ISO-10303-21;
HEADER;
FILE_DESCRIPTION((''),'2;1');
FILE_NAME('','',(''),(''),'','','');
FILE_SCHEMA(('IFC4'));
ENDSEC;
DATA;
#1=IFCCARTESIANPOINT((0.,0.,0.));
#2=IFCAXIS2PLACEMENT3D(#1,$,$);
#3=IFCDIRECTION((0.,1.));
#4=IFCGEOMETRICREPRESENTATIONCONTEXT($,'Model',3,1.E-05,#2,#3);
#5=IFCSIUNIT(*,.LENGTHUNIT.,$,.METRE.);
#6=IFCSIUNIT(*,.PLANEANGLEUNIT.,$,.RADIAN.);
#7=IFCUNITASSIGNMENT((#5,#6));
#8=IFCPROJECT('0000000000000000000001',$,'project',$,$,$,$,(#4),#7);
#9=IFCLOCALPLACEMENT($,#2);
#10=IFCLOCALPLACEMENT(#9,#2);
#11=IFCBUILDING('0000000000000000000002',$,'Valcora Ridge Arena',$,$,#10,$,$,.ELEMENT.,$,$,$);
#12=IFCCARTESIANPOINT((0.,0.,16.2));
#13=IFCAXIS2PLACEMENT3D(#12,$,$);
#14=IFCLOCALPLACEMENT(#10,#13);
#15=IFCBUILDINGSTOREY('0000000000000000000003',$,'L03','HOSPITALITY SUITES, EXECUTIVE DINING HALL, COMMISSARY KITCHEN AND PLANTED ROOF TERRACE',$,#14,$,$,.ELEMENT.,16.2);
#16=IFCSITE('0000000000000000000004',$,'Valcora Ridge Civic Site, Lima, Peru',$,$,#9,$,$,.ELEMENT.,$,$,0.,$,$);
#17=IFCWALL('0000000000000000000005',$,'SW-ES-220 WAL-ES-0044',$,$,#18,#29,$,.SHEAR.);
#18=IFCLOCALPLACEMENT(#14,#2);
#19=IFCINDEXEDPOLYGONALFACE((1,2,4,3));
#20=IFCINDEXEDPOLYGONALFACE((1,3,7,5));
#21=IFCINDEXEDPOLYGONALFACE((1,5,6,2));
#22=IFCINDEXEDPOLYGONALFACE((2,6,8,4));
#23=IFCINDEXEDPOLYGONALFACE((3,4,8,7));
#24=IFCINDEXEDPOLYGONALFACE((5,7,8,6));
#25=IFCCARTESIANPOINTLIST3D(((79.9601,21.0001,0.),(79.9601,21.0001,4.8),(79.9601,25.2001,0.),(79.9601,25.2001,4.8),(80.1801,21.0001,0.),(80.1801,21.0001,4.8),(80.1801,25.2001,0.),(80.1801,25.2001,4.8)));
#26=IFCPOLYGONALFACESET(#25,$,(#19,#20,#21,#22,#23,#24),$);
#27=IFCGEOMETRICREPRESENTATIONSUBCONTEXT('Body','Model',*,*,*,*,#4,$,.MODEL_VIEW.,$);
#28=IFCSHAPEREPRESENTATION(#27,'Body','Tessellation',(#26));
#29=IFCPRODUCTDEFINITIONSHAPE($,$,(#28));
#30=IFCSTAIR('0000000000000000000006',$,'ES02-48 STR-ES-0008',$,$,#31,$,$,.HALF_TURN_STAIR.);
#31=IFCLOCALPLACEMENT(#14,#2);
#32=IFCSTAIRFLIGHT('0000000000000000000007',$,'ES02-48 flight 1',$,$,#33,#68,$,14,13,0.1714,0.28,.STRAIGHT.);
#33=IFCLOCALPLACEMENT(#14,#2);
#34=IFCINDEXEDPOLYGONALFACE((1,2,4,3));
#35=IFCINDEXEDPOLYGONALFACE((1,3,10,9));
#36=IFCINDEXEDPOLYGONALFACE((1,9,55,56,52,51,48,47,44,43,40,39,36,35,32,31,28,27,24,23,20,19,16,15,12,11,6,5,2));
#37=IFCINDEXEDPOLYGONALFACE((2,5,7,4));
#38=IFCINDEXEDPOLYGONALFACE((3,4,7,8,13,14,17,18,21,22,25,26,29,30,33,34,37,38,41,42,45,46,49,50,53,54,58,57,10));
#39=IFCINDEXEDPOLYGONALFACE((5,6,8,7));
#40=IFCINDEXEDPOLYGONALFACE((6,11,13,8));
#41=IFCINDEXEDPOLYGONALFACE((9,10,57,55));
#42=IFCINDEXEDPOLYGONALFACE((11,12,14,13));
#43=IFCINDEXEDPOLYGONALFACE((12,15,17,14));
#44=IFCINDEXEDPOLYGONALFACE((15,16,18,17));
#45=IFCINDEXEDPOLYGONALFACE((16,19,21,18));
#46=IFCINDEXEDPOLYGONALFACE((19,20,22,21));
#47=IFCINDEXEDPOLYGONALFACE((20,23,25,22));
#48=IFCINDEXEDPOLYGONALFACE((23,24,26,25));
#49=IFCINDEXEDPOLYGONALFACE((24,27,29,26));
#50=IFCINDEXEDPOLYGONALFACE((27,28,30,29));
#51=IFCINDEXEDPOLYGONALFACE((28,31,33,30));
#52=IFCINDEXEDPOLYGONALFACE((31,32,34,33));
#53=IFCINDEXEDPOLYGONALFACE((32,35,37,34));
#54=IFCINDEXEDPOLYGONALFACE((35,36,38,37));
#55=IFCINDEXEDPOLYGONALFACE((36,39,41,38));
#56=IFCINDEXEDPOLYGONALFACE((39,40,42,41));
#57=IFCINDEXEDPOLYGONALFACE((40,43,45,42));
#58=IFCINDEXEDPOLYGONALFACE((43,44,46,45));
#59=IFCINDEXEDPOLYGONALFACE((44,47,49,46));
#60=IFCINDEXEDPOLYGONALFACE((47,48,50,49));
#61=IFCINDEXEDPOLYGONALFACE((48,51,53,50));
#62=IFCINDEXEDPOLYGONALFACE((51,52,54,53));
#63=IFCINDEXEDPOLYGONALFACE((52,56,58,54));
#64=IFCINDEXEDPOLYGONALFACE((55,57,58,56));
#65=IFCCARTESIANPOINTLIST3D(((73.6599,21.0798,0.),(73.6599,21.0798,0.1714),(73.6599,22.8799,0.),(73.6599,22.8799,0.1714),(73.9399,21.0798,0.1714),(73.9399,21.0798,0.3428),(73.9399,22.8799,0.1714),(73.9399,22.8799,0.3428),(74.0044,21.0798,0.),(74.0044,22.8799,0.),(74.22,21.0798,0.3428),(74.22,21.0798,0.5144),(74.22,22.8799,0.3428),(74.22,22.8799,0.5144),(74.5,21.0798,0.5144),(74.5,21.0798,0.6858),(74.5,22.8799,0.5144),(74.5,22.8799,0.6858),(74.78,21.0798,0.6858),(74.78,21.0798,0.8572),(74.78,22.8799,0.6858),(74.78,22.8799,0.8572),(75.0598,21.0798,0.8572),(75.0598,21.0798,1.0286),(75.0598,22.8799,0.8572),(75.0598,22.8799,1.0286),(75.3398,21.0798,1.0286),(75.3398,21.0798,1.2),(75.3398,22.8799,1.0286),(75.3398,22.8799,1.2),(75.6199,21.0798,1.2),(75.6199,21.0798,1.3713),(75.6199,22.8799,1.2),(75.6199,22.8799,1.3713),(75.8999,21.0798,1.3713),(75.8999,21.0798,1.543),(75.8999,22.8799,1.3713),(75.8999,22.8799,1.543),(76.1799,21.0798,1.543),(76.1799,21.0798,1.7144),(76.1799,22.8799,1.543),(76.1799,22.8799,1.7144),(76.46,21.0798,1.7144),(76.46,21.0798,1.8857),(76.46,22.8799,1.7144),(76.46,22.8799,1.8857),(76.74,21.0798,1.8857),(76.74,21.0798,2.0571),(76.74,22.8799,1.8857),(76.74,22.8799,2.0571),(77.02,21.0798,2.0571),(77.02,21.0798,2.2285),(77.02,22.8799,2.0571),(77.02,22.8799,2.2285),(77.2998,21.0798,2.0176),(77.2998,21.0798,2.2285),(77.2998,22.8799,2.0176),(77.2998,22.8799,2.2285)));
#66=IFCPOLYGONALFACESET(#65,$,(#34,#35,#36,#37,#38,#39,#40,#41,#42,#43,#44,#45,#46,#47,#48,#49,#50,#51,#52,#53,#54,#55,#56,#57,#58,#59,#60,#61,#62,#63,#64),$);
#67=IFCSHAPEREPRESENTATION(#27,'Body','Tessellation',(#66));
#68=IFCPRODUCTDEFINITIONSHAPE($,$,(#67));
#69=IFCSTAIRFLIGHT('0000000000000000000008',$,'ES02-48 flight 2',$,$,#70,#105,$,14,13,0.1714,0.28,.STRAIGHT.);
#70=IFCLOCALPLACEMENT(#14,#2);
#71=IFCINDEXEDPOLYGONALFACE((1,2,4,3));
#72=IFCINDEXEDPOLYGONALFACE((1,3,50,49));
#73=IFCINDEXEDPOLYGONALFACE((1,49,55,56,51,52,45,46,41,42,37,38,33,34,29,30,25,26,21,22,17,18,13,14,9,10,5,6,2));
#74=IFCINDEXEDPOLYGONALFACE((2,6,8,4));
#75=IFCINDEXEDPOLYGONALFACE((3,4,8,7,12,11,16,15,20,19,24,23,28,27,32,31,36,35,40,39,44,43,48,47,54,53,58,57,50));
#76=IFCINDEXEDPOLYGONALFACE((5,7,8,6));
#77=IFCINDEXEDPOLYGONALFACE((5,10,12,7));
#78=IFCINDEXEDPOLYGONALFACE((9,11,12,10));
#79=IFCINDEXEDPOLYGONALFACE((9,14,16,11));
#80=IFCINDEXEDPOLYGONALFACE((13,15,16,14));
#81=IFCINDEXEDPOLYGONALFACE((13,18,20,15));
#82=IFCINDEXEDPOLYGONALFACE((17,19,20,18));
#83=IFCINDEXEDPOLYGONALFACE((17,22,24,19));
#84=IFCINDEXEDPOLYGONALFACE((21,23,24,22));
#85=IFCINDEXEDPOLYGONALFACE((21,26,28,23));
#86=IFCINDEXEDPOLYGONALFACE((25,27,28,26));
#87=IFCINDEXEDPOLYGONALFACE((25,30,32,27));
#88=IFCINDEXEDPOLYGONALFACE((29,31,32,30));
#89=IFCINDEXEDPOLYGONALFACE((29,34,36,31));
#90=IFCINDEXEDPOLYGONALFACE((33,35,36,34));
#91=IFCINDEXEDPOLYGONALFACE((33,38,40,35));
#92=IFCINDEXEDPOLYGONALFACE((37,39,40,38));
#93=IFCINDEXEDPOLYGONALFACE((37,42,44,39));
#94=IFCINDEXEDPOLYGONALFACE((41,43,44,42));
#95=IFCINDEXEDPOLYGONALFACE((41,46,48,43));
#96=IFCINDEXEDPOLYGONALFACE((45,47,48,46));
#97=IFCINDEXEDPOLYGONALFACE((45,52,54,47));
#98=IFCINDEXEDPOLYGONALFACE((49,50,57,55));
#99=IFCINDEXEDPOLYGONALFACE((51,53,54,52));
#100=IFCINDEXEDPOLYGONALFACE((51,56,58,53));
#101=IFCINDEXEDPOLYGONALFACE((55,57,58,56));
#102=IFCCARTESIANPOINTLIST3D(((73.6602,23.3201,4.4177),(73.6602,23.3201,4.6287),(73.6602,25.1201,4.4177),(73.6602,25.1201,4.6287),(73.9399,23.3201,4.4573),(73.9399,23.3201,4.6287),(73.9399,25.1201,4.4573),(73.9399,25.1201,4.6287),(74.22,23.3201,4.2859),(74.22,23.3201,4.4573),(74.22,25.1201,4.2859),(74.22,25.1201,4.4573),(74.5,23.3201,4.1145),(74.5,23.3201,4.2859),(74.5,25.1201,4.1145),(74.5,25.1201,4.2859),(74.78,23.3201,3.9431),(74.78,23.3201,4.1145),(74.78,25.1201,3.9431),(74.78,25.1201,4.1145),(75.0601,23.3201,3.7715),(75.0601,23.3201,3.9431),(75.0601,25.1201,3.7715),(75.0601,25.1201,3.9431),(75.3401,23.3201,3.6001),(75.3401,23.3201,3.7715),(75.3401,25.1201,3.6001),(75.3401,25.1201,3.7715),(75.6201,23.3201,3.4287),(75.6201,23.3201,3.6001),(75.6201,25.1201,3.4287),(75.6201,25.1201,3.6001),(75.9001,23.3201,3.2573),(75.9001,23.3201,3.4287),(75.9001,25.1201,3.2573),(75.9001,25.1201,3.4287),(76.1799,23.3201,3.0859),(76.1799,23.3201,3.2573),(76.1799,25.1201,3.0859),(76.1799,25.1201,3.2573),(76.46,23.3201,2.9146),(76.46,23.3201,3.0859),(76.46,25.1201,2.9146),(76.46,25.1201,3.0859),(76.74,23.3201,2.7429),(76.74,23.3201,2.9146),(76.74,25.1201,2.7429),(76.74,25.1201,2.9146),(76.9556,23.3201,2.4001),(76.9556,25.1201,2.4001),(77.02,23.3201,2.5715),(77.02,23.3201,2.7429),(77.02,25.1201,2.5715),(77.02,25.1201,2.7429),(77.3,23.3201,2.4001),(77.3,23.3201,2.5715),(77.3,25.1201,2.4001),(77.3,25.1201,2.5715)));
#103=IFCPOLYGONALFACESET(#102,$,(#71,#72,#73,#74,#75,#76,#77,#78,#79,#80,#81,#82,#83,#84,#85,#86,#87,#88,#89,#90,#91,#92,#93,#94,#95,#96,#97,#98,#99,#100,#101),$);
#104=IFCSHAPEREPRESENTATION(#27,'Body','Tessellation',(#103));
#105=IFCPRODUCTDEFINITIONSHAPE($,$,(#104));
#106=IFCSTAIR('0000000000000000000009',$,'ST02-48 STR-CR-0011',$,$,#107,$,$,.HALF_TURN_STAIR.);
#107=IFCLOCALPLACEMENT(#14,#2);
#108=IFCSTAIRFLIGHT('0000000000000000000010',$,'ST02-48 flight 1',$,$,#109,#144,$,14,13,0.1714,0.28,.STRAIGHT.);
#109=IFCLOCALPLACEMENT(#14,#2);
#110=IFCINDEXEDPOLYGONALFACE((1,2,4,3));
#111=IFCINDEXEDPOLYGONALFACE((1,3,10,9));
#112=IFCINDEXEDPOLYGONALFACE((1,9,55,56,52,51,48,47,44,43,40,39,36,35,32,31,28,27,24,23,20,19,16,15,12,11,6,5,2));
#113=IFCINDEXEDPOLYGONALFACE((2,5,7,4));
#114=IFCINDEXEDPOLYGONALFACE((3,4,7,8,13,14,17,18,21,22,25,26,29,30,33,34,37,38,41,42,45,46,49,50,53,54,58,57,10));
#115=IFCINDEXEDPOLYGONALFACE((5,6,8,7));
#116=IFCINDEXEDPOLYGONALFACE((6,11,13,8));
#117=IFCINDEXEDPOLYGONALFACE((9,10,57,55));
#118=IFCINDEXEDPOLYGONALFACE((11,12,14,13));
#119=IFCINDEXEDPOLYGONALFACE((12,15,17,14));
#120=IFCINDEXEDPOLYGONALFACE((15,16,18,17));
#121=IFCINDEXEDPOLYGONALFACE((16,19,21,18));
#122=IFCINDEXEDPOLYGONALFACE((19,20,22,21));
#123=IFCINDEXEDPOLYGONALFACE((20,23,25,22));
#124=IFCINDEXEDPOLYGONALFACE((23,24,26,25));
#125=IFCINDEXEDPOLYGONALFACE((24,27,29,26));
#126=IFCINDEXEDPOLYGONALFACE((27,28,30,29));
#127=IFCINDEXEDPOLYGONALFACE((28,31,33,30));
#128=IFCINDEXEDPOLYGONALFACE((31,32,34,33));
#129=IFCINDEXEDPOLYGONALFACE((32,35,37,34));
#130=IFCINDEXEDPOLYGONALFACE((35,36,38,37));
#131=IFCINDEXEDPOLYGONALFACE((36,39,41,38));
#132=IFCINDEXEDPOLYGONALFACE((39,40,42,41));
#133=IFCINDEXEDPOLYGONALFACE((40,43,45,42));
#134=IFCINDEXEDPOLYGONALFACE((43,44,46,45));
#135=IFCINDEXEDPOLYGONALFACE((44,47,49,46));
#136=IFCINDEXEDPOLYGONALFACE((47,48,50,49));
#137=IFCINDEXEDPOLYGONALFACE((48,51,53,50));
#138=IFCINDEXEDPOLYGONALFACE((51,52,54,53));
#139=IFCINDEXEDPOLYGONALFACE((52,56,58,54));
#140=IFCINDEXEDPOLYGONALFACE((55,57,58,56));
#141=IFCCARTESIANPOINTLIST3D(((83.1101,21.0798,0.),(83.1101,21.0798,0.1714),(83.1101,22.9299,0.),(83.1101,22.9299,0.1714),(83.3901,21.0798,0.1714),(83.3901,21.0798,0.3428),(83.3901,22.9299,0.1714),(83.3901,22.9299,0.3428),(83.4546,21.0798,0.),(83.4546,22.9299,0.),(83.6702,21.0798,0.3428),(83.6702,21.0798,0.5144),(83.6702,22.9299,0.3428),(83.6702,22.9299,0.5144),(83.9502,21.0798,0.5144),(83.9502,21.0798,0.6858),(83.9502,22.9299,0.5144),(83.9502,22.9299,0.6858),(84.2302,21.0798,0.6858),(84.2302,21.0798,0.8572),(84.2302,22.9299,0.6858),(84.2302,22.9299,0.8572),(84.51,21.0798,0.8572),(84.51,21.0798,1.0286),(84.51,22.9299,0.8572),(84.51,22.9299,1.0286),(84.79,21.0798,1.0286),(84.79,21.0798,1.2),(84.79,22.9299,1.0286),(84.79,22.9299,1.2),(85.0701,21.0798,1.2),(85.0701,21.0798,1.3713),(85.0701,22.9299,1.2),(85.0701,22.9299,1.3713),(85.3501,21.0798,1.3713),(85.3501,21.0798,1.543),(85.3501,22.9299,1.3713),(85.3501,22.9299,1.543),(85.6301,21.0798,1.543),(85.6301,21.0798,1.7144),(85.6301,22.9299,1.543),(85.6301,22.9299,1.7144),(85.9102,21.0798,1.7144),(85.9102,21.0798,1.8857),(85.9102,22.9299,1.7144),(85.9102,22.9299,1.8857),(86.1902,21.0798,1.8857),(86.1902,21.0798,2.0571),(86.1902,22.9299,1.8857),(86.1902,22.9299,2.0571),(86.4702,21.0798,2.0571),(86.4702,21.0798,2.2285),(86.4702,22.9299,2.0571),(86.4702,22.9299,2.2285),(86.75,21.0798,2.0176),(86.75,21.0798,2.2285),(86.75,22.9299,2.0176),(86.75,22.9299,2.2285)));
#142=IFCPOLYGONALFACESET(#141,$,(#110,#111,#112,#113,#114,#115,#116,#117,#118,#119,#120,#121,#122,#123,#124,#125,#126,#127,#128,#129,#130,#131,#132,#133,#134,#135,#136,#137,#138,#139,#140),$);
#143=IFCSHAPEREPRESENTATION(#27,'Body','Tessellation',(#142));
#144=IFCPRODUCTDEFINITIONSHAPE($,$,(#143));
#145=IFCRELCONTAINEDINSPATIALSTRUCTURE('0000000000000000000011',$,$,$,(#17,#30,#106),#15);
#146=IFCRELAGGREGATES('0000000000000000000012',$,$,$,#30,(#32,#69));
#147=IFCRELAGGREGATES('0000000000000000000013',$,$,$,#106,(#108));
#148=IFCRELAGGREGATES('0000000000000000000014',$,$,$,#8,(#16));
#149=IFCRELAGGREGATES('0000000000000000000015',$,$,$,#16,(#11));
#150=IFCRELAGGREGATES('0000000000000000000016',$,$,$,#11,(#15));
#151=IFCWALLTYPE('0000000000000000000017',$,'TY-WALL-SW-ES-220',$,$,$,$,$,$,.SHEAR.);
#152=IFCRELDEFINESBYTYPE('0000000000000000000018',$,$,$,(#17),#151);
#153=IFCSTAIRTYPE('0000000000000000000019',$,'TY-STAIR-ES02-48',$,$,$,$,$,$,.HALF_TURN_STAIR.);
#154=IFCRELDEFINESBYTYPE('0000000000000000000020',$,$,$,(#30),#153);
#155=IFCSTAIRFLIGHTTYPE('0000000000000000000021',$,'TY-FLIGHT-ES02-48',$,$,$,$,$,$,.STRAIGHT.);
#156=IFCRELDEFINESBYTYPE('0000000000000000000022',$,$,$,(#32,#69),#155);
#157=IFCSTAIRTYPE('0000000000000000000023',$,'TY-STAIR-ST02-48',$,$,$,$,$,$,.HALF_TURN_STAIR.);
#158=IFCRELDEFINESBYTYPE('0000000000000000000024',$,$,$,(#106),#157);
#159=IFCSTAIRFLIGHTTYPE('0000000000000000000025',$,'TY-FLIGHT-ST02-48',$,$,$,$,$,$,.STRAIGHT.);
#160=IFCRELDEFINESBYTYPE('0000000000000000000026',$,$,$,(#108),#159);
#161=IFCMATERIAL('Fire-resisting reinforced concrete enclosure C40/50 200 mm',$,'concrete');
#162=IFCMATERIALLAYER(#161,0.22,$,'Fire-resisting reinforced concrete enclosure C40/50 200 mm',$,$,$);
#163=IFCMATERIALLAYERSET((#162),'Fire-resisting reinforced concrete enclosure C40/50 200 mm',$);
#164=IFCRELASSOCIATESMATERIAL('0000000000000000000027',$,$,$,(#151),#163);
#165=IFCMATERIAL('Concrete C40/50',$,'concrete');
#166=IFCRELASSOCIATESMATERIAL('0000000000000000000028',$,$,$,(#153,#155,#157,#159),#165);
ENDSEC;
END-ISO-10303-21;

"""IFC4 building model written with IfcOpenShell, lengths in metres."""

from ifc_helpers import new_model, si_unit, direction, frame, frame_2d, origin, place, context, subcontext, project, spatial, polyline, rectangle, outline, extrude, material, layer, layer_set, type_object, element, aggregate, save


model = new_model("IFC4")

# Units and contexts
model_context = context("Model", 3, precision=1e-05, world=origin(), true_north=direction((0.0, 1.0)))
body_context = subcontext(model_context, "Body", "Model", "MODEL_VIEW")
ifc_project = project(units=[si_unit("LENGTHUNIT", "METRE"), si_unit("PLANEANGLEUNIT", "RADIAN")], contexts=[model_context])

# Site, building, storey
site_placement = place(None, origin())
site = spatial("IfcSite", under=ifc_project, at=site_placement, Name="Valcora Ridge Civic Site, Lima, Peru", CompositionType="ELEMENT", RefElevation=0.0)
building_placement = place(site_placement, origin())
building = spatial("IfcBuilding", under=site, at=building_placement, Name="Valcora Ridge Arena", CompositionType="ELEMENT")
storey_placement = place(building_placement, frame((0.0, 0.0, 16.2)))
storey = spatial("IfcBuildingStorey", under=building, at=storey_placement, Name="L03", Description="HOSPITALITY SUITES, EXECUTIVE DINING HALL, COMMISSARY KITCHEN AND PLANTED ROOF TERRACE", CompositionType="ELEMENT", Elevation=16.2)

# Shared definitions
ifc_material_1 = material(Name="Concrete C40/50", Category="concrete")

# Wall
ifc_material_2 = material(Name="Fire-resisting reinforced concrete enclosure C40/50 200 mm", Category="concrete")
ifc_layer_1 = layer(ifc_material_2, 0.22, Name="Fire-resisting reinforced concrete enclosure C40/50 200 mm")
ifc_layer_set_1 = layer_set([ifc_layer_1], Name="Fire-resisting reinforced concrete enclosure C40/50 200 mm")
wall_type_1 = type_object("IfcWallType", Name="TY-WALL-SW-ES-220", PredefinedType="SHEAR", material=ifc_layer_set_1)
wall_1_placement = place(storey_placement, frame((80.0701, 21.0, 0.0), z_axis=(0.0, 0.0, 1.0), x_axis=(0.0, 1.0, 0.0)))
element("IfcWall", 1, at=wall_1_placement, inside=storey, type_object=wall_type_1, Name="SW-ES-220 WAL-ES-0044", PredefinedType="SHEAR", context=body_context, shape_type="SweptSolid", body=[
    extrude(rectangle(XDim=4.2, YDim=0.22, at=frame_2d((2.1001, 0.0))), origin(), (0.0, 0.0, 1.0), 4.8),
])

# Stair, stair flights
stair_type_1 = type_object("IfcStairType", Name="TY-STAIR-ES02-48", PredefinedType="HALF_TURN_STAIR", material=ifc_material_1)
stair_1_placement = place(storey_placement, origin())
stair_1 = element("IfcStair", 2, at=stair_1_placement, inside=storey, type_object=stair_type_1, Name="ES02-48 STR-ES-0008", PredefinedType="HALF_TURN_STAIR")
stair_flight_type_1 = type_object("IfcStairFlightType", Name="TY-FLIGHT-ES02-48", PredefinedType="STRAIGHT", material=ifc_material_1)
stair_flight_1_placement = place(storey_placement, frame((73.6599, 21.98, 0.0), z_axis=(0.0, 0.0, 1.0), x_axis=(1.0, 0.0, 0.0)))
stair_flight_1 = element("IfcStairFlight", 3, at=stair_flight_1_placement, type_object=stair_flight_type_1, Name="ES02-48 flight 1", NumberOfRisers=14, NumberOfTreads=13, PredefinedType="STRAIGHT", RiserHeight=0.1714, TreadLength=0.28, context=body_context, shape_type="SweptSolid", body=[
    extrude(outline(polyline([(0.0, 0.0), (0.0, 0.1714), (0.28, 0.1714), (0.28, 0.3428), (0.5601, 0.3428), (0.5601, 0.5144), (0.8401, 0.5144), (0.8401, 0.6858), (1.1201, 0.6858), (1.1201, 0.8572), (1.3999, 0.8572), (1.3999, 1.0286), (1.6799, 1.0286), (1.6799, 1.2), (1.96, 1.2), (1.96, 1.3713), (2.24, 1.3713), (2.24, 1.543), (2.52, 1.543), (2.52, 1.7144), (2.8, 1.7144), (2.8, 1.8857), (3.0801, 1.8857), (3.0801, 2.0571), (3.3601, 2.0571), (3.3601, 2.2285), (3.6399, 2.2285), (3.6399, 2.3999), (3.6399, 2.0176), (0.3445, 0.0), (0.0, 0.0)])), frame((0.0, 0.8999, 0.0), z_axis=(0.0, -1.0, 0.0), x_axis=(1.0, 0.0, 0.0)), (0.0, 0.0, 1.0), 1.8),
])
stair_flight_2_placement = place(storey_placement, frame((77.3, 24.22, 2.4001), z_axis=(0.0, 0.0, 1.0), x_axis=(-1.0, 0.0, 0.0)))
stair_flight_2 = element("IfcStairFlight", 4, at=stair_flight_2_placement, type_object=stair_flight_type_1, Name="ES02-48 flight 2", NumberOfRisers=14, NumberOfTreads=13, PredefinedType="STRAIGHT", RiserHeight=0.1714, TreadLength=0.28, context=body_context, shape_type="SweptSolid", body=[
    extrude(outline(polyline([(0.0, 0.0), (0.0, 0.1714), (0.28, 0.1714), (0.28, 0.3428), (0.5601, 0.3428), (0.5601, 0.5144), (0.8401, 0.5144), (0.8401, 0.6858), (1.1201, 0.6858), (1.1201, 0.8572), (1.3999, 0.8572), (1.3999, 1.0286), (1.6799, 1.0286), (1.6799, 1.2), (1.96, 1.2), (1.96, 1.3713), (2.24, 1.3713), (2.24, 1.543), (2.52, 1.543), (2.52, 1.7144), (2.8, 1.7144), (2.8, 1.8857), (3.0801, 1.8857), (3.0801, 2.0571), (3.3601, 2.0571), (3.3601, 2.2285), (3.6399, 2.2285), (3.6399, 2.3999), (3.6399, 2.0176), (0.3445, 0.0), (0.0, 0.0)])), frame((0.0, 0.8999, 0.0), z_axis=(0.0, -1.0, 0.0), x_axis=(1.0, 0.0, 0.0)), (0.0, 0.0, 1.0), 1.8),
])
aggregate(stair_1, [stair_flight_1, stair_flight_2])

# Stair, stair flight
stair_type_2 = type_object("IfcStairType", Name="TY-STAIR-ST02-48", PredefinedType="HALF_TURN_STAIR", material=ifc_material_1)
stair_2_placement = place(storey_placement, origin())
stair_2 = element("IfcStair", 5, at=stair_2_placement, inside=storey, type_object=stair_type_2, Name="ST02-48 STR-CR-0011", PredefinedType="HALF_TURN_STAIR")
stair_flight_type_2 = type_object("IfcStairFlightType", Name="TY-FLIGHT-ST02-48", PredefinedType="STRAIGHT", material=ifc_material_1)
stair_flight_3_placement = place(storey_placement, frame((83.1101, 22.0049, 0.0), z_axis=(0.0, 0.0, 1.0), x_axis=(1.0, 0.0, 0.0)))
stair_flight_3 = element("IfcStairFlight", 6, at=stair_flight_3_placement, type_object=stair_flight_type_2, Name="ST02-48 flight 1", NumberOfRisers=14, NumberOfTreads=13, PredefinedType="STRAIGHT", RiserHeight=0.1714, TreadLength=0.28, context=body_context, shape_type="SweptSolid", body=[
    extrude(outline(polyline([(0.0, 0.0), (0.0, 0.1714), (0.28, 0.1714), (0.28, 0.3428), (0.5601, 0.3428), (0.5601, 0.5144), (0.8401, 0.5144), (0.8401, 0.6858), (1.1201, 0.6858), (1.1201, 0.8572), (1.3999, 0.8572), (1.3999, 1.0286), (1.6799, 1.0286), (1.6799, 1.2), (1.96, 1.2), (1.96, 1.3713), (2.24, 1.3713), (2.24, 1.543), (2.52, 1.543), (2.52, 1.7144), (2.8, 1.7144), (2.8, 1.8857), (3.0801, 1.8857), (3.0801, 2.0571), (3.3601, 2.0571), (3.3601, 2.2285), (3.6399, 2.2285), (3.6399, 2.3999), (3.6399, 2.0176), (0.3445, 0.0), (0.0, 0.0)])), frame((0.0, 0.925, 0.0), z_axis=(0.0, -1.0, 0.0), x_axis=(1.0, 0.0, 0.0)), (0.0, 0.0, 1.0), 1.8501),
])
aggregate(stair_2, [stair_flight_3])

save(model, "model.ifc")
